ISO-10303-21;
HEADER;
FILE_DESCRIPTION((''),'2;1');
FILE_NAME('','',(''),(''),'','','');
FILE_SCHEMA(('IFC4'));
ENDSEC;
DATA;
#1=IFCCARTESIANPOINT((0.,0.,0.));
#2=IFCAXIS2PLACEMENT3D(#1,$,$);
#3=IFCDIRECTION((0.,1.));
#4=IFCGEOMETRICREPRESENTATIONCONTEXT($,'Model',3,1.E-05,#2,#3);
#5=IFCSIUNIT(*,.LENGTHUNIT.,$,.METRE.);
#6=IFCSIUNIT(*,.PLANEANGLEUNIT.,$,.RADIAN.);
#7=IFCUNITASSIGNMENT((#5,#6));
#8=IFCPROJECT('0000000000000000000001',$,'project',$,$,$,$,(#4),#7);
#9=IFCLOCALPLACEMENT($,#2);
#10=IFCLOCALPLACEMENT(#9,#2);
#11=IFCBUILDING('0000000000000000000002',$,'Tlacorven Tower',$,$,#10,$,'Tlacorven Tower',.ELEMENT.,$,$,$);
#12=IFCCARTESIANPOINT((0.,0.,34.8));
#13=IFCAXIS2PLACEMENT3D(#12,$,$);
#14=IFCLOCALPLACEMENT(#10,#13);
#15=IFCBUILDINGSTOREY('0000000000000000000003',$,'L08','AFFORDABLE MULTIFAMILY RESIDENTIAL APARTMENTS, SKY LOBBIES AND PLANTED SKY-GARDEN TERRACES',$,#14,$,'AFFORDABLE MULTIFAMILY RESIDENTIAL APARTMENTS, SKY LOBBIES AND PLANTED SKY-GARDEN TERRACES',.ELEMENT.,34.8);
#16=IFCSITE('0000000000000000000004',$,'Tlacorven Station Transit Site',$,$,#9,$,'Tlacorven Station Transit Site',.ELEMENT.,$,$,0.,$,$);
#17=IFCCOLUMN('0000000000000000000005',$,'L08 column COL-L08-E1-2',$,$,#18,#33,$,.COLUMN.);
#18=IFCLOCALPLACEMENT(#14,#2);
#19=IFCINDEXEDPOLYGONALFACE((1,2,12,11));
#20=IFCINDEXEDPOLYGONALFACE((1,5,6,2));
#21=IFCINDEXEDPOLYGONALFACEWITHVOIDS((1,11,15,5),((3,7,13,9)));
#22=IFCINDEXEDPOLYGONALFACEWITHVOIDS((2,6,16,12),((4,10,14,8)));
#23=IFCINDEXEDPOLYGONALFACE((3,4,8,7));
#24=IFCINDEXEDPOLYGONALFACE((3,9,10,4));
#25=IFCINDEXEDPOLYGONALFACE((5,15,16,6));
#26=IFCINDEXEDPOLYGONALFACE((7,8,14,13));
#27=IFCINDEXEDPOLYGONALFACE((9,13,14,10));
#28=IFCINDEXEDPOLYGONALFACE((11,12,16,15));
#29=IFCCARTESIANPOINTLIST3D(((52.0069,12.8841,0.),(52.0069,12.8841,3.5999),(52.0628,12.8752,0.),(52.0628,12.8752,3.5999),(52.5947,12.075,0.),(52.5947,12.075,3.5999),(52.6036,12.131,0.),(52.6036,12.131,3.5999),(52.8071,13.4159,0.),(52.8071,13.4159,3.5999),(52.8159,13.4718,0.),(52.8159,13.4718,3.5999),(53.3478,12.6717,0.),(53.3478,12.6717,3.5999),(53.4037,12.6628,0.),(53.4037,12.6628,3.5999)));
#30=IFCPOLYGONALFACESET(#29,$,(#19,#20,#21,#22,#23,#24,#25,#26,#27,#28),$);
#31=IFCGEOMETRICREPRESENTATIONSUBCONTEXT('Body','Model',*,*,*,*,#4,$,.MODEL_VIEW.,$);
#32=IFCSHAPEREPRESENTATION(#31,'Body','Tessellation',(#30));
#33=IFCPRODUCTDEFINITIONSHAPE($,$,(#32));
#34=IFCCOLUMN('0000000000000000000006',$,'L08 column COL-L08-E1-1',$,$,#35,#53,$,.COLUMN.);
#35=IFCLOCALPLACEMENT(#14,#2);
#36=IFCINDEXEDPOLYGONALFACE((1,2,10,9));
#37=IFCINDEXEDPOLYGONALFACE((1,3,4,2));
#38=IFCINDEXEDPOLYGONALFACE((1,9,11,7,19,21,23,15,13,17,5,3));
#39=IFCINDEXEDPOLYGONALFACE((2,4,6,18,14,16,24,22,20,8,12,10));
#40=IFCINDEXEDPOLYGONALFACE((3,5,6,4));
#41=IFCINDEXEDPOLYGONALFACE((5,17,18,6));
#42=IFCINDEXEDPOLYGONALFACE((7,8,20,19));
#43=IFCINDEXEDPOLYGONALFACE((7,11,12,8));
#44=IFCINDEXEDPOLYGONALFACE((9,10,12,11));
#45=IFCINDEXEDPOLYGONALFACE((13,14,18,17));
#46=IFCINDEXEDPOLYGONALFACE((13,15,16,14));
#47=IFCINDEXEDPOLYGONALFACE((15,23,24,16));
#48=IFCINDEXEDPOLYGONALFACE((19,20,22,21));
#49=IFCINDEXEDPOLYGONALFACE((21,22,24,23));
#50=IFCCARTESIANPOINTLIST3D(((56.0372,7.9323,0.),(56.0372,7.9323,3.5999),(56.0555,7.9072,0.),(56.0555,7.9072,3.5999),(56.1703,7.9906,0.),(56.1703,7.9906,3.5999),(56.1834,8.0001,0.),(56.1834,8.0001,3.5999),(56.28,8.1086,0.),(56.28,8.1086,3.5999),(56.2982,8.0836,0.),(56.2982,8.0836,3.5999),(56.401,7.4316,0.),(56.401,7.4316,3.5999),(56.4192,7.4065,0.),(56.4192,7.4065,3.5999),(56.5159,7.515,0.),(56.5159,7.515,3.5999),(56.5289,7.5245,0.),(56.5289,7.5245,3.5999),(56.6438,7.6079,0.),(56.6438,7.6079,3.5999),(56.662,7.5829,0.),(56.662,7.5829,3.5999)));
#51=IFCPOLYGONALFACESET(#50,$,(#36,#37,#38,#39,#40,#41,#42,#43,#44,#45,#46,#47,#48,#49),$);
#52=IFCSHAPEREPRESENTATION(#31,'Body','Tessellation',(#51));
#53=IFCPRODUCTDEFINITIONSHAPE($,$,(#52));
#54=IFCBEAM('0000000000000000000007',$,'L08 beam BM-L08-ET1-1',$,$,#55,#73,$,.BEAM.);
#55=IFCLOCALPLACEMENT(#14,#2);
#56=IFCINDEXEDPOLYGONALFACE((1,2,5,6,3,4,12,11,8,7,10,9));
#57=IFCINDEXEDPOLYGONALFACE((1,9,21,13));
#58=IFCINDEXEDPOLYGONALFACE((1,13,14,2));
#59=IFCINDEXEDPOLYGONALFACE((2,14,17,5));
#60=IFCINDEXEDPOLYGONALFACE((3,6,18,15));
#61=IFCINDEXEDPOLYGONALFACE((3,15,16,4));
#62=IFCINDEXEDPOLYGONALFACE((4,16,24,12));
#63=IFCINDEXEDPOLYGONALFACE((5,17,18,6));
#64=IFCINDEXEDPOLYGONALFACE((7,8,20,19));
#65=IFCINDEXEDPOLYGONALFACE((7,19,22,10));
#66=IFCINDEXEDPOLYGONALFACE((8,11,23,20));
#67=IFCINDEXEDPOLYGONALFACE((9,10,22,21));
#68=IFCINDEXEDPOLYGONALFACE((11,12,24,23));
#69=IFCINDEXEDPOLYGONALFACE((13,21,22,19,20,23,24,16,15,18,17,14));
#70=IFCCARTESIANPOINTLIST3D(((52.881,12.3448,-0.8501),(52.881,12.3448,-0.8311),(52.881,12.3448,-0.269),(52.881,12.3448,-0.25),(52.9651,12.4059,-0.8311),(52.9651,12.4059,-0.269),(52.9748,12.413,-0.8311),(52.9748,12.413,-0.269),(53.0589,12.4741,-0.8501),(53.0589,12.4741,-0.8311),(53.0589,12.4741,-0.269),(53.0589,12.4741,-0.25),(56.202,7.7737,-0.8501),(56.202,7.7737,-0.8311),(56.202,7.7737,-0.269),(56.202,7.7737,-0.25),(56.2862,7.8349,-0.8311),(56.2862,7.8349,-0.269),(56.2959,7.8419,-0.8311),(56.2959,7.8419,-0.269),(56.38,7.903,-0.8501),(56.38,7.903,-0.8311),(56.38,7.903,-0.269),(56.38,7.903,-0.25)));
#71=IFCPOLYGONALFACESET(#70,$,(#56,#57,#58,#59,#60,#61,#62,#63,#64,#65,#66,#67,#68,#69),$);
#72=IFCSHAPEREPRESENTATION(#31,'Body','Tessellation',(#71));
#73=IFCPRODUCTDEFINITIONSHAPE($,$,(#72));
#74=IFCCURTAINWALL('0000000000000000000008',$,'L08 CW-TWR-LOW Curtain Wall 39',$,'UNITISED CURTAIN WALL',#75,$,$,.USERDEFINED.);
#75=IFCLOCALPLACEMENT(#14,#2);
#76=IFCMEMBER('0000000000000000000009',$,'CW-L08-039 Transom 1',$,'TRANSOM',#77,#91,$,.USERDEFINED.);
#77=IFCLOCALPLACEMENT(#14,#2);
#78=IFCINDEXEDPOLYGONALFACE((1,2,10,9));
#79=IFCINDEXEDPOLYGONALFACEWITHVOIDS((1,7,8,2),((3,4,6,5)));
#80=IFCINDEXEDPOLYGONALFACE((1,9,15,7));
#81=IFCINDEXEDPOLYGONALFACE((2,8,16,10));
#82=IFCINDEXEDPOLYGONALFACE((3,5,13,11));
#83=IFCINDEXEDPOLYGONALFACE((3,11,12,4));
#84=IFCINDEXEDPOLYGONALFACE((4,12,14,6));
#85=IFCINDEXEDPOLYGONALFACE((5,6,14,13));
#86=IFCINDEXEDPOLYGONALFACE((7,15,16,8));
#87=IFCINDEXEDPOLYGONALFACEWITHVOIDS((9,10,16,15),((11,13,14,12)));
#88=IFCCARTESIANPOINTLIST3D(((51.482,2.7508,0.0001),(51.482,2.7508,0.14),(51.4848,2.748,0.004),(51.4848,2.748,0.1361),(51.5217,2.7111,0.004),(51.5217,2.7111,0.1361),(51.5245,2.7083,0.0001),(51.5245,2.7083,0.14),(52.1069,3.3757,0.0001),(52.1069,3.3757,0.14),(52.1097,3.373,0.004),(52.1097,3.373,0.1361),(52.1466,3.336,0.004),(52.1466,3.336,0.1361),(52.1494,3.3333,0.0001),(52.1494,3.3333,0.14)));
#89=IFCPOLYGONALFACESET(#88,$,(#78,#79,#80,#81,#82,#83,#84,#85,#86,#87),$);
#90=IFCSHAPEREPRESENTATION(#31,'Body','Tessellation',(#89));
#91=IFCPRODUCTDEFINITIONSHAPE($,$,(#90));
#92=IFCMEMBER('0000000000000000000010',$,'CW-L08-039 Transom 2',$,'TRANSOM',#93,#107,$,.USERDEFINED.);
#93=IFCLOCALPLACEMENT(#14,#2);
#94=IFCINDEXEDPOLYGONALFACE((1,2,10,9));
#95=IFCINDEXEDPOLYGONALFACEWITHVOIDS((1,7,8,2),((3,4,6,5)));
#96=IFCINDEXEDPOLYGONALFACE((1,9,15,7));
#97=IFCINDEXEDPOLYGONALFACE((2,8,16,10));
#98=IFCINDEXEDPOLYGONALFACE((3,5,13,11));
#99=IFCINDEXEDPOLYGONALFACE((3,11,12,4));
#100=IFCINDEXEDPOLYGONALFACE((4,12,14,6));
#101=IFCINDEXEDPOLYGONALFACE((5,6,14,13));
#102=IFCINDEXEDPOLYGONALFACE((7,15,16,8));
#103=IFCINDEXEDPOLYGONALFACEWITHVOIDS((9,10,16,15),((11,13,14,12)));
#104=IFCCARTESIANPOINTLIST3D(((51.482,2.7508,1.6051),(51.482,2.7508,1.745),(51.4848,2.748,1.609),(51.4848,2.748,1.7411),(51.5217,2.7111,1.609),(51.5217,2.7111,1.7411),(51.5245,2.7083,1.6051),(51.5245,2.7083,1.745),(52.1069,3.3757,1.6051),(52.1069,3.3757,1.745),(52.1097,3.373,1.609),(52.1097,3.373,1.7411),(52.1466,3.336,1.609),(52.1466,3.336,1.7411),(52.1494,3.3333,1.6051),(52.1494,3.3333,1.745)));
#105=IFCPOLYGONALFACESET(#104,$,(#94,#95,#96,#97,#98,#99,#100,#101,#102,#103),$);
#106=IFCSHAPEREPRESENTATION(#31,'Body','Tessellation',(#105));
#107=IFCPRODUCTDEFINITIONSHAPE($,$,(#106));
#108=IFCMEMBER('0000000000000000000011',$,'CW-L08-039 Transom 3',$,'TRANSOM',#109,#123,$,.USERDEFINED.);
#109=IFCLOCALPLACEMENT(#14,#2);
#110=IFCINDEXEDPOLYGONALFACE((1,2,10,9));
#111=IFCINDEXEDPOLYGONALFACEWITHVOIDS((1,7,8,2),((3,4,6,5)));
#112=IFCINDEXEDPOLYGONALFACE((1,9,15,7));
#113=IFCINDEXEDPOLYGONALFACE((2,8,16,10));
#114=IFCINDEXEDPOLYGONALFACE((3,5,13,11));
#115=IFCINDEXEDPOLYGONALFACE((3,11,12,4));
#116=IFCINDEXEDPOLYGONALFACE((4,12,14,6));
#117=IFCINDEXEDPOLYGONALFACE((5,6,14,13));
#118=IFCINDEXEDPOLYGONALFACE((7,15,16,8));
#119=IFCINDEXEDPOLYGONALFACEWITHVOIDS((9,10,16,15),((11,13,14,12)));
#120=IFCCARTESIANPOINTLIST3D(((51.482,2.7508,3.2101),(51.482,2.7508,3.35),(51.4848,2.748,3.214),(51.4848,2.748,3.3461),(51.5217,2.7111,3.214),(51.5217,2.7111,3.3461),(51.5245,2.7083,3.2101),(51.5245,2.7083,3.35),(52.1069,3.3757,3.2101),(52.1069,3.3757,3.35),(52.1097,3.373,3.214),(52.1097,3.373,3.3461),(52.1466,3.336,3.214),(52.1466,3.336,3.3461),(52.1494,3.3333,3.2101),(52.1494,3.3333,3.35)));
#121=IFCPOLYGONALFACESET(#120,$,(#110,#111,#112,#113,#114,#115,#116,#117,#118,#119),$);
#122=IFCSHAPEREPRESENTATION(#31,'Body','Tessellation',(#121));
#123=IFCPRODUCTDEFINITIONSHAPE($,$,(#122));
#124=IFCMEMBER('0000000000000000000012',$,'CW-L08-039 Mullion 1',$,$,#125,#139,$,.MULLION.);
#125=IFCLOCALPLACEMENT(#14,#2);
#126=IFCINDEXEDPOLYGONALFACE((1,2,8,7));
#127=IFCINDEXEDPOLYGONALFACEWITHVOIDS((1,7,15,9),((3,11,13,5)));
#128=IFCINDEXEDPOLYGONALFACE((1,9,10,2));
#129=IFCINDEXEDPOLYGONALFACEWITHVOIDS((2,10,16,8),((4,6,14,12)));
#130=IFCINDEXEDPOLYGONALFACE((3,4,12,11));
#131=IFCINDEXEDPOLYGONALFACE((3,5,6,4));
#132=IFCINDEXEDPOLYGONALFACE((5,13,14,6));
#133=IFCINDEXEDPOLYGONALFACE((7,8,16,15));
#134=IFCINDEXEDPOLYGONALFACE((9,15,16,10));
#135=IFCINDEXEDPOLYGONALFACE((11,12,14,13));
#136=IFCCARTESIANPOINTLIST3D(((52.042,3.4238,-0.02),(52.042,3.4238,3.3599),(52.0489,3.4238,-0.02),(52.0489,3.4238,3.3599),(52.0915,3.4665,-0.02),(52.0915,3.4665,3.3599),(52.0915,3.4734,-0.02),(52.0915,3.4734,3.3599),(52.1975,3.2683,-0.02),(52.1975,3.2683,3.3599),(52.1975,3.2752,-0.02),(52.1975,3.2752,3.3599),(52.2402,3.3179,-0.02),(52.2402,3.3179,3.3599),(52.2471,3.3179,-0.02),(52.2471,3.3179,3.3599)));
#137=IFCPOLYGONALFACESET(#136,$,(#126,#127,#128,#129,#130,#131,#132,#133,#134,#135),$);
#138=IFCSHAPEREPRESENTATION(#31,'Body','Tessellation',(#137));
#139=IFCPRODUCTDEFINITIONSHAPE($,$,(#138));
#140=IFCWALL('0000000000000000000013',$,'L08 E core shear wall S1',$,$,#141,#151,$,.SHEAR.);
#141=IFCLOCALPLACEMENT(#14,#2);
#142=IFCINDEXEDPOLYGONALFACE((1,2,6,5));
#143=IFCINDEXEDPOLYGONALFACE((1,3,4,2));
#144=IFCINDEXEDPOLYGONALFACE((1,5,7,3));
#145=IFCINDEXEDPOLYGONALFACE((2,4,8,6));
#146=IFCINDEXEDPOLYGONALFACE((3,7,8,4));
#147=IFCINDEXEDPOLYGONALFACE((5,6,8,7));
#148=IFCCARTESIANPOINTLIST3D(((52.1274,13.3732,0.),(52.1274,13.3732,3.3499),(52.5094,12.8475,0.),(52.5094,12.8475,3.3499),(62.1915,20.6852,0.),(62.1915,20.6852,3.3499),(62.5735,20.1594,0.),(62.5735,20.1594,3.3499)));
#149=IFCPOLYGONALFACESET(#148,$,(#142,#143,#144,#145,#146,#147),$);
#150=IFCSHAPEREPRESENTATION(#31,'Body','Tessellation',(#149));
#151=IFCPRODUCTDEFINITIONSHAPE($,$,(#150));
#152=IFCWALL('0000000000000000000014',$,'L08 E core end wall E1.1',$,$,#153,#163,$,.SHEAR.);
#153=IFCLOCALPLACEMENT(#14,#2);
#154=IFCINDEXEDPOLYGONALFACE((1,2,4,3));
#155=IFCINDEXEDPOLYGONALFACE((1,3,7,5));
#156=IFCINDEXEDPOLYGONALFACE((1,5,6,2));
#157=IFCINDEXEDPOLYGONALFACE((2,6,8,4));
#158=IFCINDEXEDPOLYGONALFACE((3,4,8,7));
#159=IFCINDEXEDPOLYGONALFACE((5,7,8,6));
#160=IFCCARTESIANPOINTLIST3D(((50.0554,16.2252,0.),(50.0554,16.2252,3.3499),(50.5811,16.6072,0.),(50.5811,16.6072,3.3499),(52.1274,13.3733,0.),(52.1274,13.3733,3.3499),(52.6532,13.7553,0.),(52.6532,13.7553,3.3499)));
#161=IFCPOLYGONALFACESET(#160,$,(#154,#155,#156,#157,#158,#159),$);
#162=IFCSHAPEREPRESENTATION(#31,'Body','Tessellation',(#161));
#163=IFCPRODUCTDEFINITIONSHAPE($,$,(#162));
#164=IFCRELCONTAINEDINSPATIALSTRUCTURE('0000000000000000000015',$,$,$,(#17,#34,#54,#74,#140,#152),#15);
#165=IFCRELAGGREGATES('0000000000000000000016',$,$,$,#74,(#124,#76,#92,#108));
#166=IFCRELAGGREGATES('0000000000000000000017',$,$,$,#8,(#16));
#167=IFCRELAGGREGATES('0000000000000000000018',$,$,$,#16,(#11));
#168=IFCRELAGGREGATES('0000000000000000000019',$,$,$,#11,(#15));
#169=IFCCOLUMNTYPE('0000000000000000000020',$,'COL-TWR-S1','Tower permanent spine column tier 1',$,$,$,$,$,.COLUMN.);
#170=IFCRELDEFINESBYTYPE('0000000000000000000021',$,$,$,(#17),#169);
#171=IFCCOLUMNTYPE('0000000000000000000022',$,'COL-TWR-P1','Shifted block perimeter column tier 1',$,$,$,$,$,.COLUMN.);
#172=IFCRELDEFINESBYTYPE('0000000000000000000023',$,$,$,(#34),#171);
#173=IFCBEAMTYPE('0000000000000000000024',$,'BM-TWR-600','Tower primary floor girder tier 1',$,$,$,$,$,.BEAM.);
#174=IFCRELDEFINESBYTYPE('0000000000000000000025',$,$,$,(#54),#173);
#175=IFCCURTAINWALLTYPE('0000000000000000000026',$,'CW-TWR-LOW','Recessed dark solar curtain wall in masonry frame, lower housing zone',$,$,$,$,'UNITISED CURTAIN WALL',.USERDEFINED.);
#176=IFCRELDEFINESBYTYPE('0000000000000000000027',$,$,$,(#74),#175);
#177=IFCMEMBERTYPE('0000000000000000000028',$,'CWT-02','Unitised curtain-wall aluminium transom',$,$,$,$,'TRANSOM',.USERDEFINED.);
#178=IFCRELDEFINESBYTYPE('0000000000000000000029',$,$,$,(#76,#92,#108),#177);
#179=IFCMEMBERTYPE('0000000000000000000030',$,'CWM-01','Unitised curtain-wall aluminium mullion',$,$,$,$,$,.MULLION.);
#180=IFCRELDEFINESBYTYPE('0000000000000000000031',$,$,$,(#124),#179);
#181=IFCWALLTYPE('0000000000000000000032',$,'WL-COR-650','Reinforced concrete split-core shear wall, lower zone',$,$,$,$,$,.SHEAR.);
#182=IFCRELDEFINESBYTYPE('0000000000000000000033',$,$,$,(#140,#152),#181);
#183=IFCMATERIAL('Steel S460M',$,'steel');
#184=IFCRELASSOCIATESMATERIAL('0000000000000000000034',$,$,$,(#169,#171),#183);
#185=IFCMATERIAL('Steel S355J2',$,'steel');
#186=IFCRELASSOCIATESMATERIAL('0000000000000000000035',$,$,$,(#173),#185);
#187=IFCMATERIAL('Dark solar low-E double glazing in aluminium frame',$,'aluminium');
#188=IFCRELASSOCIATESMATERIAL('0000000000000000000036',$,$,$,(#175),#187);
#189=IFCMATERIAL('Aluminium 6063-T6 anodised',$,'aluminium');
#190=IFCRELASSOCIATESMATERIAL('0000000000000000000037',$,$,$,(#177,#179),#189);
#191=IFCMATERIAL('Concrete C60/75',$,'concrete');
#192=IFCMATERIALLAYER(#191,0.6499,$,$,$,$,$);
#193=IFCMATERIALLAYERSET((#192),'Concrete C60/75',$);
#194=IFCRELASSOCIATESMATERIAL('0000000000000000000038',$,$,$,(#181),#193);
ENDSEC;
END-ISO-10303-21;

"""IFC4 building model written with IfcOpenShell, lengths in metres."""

from ifc_helpers import new_model, si_unit, direction, frame, frame_2d, origin, origin_2d, place, context, subcontext, project, spatial, rectangle, hollow_rectangle, i_section, extrude, source, transform, mapped, material, layer, layer_set, material_profile, profile_set, type_object, element, aggregate, save


model = new_model("IFC4")

# Units and contexts
model_context = context("Model", 3, precision=1e-05, world=origin(), true_north=direction((0.0, 1.0)))
body_context = subcontext(model_context, "Body", "Model", "MODEL_VIEW")
ifc_project = project(units=[si_unit("LENGTHUNIT", "METRE"), si_unit("PLANEANGLEUNIT", "RADIAN")], contexts=[model_context])

# Site, building, storey
site_placement = place(None, origin())
site = spatial("IfcSite", under=ifc_project, at=site_placement, Name="Tlacorven Station Transit Site", LongName="Tlacorven Station Transit Site", CompositionType="ELEMENT", RefElevation=0.0)
building_placement = place(site_placement, origin())
building = spatial("IfcBuilding", under=site, at=building_placement, Name="Tlacorven Tower", LongName="Tlacorven Tower", CompositionType="ELEMENT")
storey_placement = place(building_placement, frame((0.0, 0.0, 34.8)))
storey = spatial("IfcBuildingStorey", under=building, at=storey_placement, Name="L08", Description="AFFORDABLE MULTIFAMILY RESIDENTIAL APARTMENTS, SKY LOBBIES AND PLANTED SKY-GARDEN TERRACES", LongName="AFFORDABLE MULTIFAMILY RESIDENTIAL APARTMENTS, SKY LOBBIES AND PLANTED SKY-GARDEN TERRACES", CompositionType="ELEMENT", Elevation=34.8)

# Columns
ifc_material_1 = material(Name="Steel S460M", Category="steel")
ifc_material_profile_1 = material_profile(ifc_material_1, hollow_rectangle(XDim=1.0, YDim=1.0, WallThickness=0.04, at=origin_2d()), Name="BOX 1000X1000X40")
ifc_profile_set_1 = profile_set([ifc_material_profile_1], Name="Steel S460M")
column_type_1 = type_object("IfcColumnType", Name="COL-TWR-S1", Description="Tower permanent spine column tier 1", PredefinedType="COLUMN", material=ifc_profile_set_1)
shared_shape_1 = source(origin(), body_context, "Body", "SweptSolid", [
    extrude(hollow_rectangle(XDim=1.0, YDim=1.0, WallThickness=0.04, at=origin_2d()), origin(), (0.0, 0.0, 1.0), 3.5999),
])
column_1_placement = place(storey_placement, frame((52.7053, 12.7734, 0.0), z_axis=(0.0, 0.0, 1.0), x_axis=(0.809017, 0.587785, 0.0)))
element("IfcColumn", 1, at=column_1_placement, inside=storey, type_object=column_type_1, Name="L08 column COL-L08-E1-2", PredefinedType="COLUMN", context=body_context, shape_type="MappedRepresentation", body=[
    mapped(shared_shape_1, transform((0.0, 0.0, 0.0), scale=1.0)),
])
ifc_material_profile_2 = material_profile(ifc_material_1, i_section(OverallWidth=0.3, OverallDepth=0.6499, WebThickness=0.0161, FlangeThickness=0.031, at=origin_2d()), Name="HEB 650")
ifc_profile_set_2 = profile_set([ifc_material_profile_2], Name="Steel S460M")
column_type_2 = type_object("IfcColumnType", Name="COL-TWR-P1", Description="Shifted block perimeter column tier 1", PredefinedType="COLUMN", material=ifc_profile_set_2)
shared_shape_2 = source(origin(), body_context, "Body", "SweptSolid", [
    extrude(i_section(OverallWidth=0.3, OverallDepth=0.6499, WebThickness=0.0161, FlangeThickness=0.031, at=origin_2d()), origin(), (0.0, 0.0, 1.0), 3.5999),
])
column_2_placement = place(storey_placement, frame((56.3496, 7.7576, 0.0), z_axis=(0.0, 0.0, 1.0), x_axis=(0.809017, 0.587785, 0.0)))
element("IfcColumn", 2, at=column_2_placement, inside=storey, type_object=column_type_2, Name="L08 column COL-L08-E1-1", PredefinedType="COLUMN", context=body_context, shape_type="MappedRepresentation", body=[
    mapped(shared_shape_2, transform((0.0, 0.0, 0.0), scale=1.0)),
])

# Beam
ifc_material_2 = material(Name="Steel S355J2", Category="steel")
ifc_material_profile_3 = material_profile(ifc_material_2, i_section(OverallWidth=0.22, OverallDepth=0.6001, WebThickness=0.012, FlangeThickness=0.019, at=origin_2d()), Name="IPE 600")
ifc_profile_set_3 = profile_set([ifc_material_profile_3], Name="Steel S355J2")
beam_type = type_object("IfcBeamType", Name="BM-TWR-600", Description="Tower primary floor girder tier 1", PredefinedType="BEAM", material=ifc_profile_set_3)
shared_shape_3 = source(origin(), body_context, "Body", "SweptSolid", [
    extrude(i_section(OverallWidth=0.22, OverallDepth=0.6001, WebThickness=0.012, FlangeThickness=0.019, at=origin_2d()), origin(), (0.0, 0.0, 1.0), 5.6501),
])
beam_placement = place(storey_placement, frame((56.291, 7.8384, -0.55), z_axis=(-0.587784, 0.809018, 0.0), x_axis=(-0.809018, -0.587784, 0.0)))
element("IfcBeam", 3, at=beam_placement, inside=storey, type_object=beam_type, Name="L08 beam BM-L08-ET1-1", PredefinedType="BEAM", context=body_context, shape_type="MappedRepresentation", body=[
    mapped(shared_shape_3, transform((0.0, 0.0, 0.0), scale=1.0)),
])

# Curtain wall, members
ifc_material_3 = material(Name="Dark solar low-E double glazing in aluminium frame", Category="aluminium")
curtain_wall_type = type_object("IfcCurtainWallType", Name="CW-TWR-LOW", Description="Recessed dark solar curtain wall in masonry frame, lower housing zone", ElementType="UNITISED CURTAIN WALL", PredefinedType="USERDEFINED", material=ifc_material_3)
curtain_wall_placement = place(storey_placement, origin())
curtain_wall = element("IfcCurtainWall", 4, at=curtain_wall_placement, inside=storey, type_object=curtain_wall_type, Name="L08 CW-TWR-LOW Curtain Wall 39", ObjectType="UNITISED CURTAIN WALL", PredefinedType="USERDEFINED")
ifc_material_4 = material(Name="Aluminium 6063-T6 anodised", Category="aluminium")
ifc_material_profile_4 = material_profile(ifc_material_4, hollow_rectangle(XDim=0.0601, YDim=0.1399, WallThickness=0.0039, at=origin_2d()), Name="ALU TRANSOM 60X140")
ifc_profile_set_4 = profile_set([ifc_material_profile_4], Name="Aluminium 6063-T6 anodised")
member_type_1 = type_object("IfcMemberType", Name="CWT-02", Description="Unitised curtain-wall aluminium transom", ElementType="TRANSOM", PredefinedType="USERDEFINED", material=ifc_profile_set_4)
shared_shape_4 = source(origin(), body_context, "Body", "SweptSolid", [
    extrude(hollow_rectangle(XDim=0.0601, YDim=0.1399, WallThickness=0.0039, at=origin_2d()), origin(), (0.0, 0.0, 1.0), 0.8838),
])
member_1_placement = place(storey_placement, frame((52.1282, 3.3545, 0.0701), z_axis=(-0.707107, -0.707107, 0.0), x_axis=(0.707107, -0.707107, 0.0)))
member_1 = element("IfcMember", 5, at=member_1_placement, type_object=member_type_1, Name="CW-L08-039 Transom 1", ObjectType="TRANSOM", PredefinedType="USERDEFINED", context=body_context, shape_type="MappedRepresentation", body=[
    mapped(shared_shape_4, transform((0.0, 0.0, 0.0), scale=1.0)),
])
member_2_placement = place(storey_placement, frame((52.1282, 3.3545, 1.675), z_axis=(-0.707107, -0.707107, 0.0), x_axis=(0.707107, -0.707107, 0.0)))
member_2 = element("IfcMember", 6, at=member_2_placement, type_object=member_type_1, Name="CW-L08-039 Transom 2", ObjectType="TRANSOM", PredefinedType="USERDEFINED", context=body_context, shape_type="MappedRepresentation", body=[
    mapped(shared_shape_4, transform((0.0, 0.0, 0.0), scale=1.0)),
])
member_3_placement = place(storey_placement, frame((52.1282, 3.3545, 3.28), z_axis=(-0.707107, -0.707107, 0.0), x_axis=(0.707107, -0.707107, 0.0)))
member_3 = element("IfcMember", 7, at=member_3_placement, type_object=member_type_1, Name="CW-L08-039 Transom 3", ObjectType="TRANSOM", PredefinedType="USERDEFINED", context=body_context, shape_type="MappedRepresentation", body=[
    mapped(shared_shape_4, transform((0.0, 0.0, 0.0), scale=1.0)),
])
ifc_material_profile_5 = material_profile(ifc_material_4, hollow_rectangle(XDim=0.0701, YDim=0.22, WallThickness=0.0049, at=origin_2d()), Name="ALU MULLION 70X220")
ifc_profile_set_5 = profile_set([ifc_material_profile_5], Name="Aluminium 6063-T6 anodised")
member_type_2 = type_object("IfcMemberType", Name="CWM-01", Description="Unitised curtain-wall aluminium mullion", PredefinedType="MULLION", material=ifc_profile_set_5)
shared_shape_5 = source(origin(), body_context, "Body", "SweptSolid", [
    extrude(hollow_rectangle(XDim=0.0701, YDim=0.22, WallThickness=0.0049, at=origin_2d()), origin(), (0.0, 0.0, 1.0), 3.3799),
])
member_4_placement = place(storey_placement, frame((52.1445, 3.3708, -0.02), z_axis=(0.0, 0.0, 1.0), x_axis=(-0.707107, -0.707107, 0.0)))
member_4 = element("IfcMember", 8, at=member_4_placement, type_object=member_type_2, Name="CW-L08-039 Mullion 1", PredefinedType="MULLION", context=body_context, shape_type="MappedRepresentation", body=[
    mapped(shared_shape_5, transform((0.0, 0.0, 0.0), scale=1.0)),
])
aggregate(curtain_wall, [member_4, member_1, member_2, member_3])

# Walls
ifc_material_5 = material(Name="Concrete C60/75", Category="concrete")
ifc_layer_1 = layer(ifc_material_5, 0.6499)
ifc_layer_set_1 = layer_set([ifc_layer_1], Name="Concrete C60/75")
wall_type_1 = type_object("IfcWallType", Name="WL-COR-650", Description="Reinforced concrete split-core shear wall, lower zone", PredefinedType="SHEAR", material=ifc_layer_set_1)
wall_1_placement = place(storey_placement, frame((52.3184, 13.1104, 0.0), z_axis=(0.0, 0.0, 1.0), x_axis=(0.809019, 0.587782, 0.0)))
element("IfcWall", 9, at=wall_1_placement, inside=storey, type_object=wall_type_1, Name="L08 E core shear wall S1", PredefinedType="SHEAR", context=body_context, shape_type="SweptSolid", body=[
    extrude(rectangle(XDim=12.4399, YDim=0.6499, at=frame_2d((6.22, 0.0))), origin(), (0.0, 0.0, 1.0), 3.3499),
])
wall_2_placement = place(storey_placement, frame((52.3904, 13.5642, 0.0), z_axis=(0.0, 0.0, 1.0), x_axis=(-0.587797, 0.809009, 0.0)))
element("IfcWall", 10, at=wall_2_placement, inside=storey, type_object=wall_type_1, Name="L08 E core end wall E1.1", PredefinedType="SHEAR", context=body_context, shape_type="SweptSolid", body=[
    extrude(rectangle(XDim=3.5251, YDim=0.6499, at=frame_2d((1.7627, 0.0))), origin(), (0.0, 0.0, 1.0), 3.3499),
])

save(model, "model.ifc")
